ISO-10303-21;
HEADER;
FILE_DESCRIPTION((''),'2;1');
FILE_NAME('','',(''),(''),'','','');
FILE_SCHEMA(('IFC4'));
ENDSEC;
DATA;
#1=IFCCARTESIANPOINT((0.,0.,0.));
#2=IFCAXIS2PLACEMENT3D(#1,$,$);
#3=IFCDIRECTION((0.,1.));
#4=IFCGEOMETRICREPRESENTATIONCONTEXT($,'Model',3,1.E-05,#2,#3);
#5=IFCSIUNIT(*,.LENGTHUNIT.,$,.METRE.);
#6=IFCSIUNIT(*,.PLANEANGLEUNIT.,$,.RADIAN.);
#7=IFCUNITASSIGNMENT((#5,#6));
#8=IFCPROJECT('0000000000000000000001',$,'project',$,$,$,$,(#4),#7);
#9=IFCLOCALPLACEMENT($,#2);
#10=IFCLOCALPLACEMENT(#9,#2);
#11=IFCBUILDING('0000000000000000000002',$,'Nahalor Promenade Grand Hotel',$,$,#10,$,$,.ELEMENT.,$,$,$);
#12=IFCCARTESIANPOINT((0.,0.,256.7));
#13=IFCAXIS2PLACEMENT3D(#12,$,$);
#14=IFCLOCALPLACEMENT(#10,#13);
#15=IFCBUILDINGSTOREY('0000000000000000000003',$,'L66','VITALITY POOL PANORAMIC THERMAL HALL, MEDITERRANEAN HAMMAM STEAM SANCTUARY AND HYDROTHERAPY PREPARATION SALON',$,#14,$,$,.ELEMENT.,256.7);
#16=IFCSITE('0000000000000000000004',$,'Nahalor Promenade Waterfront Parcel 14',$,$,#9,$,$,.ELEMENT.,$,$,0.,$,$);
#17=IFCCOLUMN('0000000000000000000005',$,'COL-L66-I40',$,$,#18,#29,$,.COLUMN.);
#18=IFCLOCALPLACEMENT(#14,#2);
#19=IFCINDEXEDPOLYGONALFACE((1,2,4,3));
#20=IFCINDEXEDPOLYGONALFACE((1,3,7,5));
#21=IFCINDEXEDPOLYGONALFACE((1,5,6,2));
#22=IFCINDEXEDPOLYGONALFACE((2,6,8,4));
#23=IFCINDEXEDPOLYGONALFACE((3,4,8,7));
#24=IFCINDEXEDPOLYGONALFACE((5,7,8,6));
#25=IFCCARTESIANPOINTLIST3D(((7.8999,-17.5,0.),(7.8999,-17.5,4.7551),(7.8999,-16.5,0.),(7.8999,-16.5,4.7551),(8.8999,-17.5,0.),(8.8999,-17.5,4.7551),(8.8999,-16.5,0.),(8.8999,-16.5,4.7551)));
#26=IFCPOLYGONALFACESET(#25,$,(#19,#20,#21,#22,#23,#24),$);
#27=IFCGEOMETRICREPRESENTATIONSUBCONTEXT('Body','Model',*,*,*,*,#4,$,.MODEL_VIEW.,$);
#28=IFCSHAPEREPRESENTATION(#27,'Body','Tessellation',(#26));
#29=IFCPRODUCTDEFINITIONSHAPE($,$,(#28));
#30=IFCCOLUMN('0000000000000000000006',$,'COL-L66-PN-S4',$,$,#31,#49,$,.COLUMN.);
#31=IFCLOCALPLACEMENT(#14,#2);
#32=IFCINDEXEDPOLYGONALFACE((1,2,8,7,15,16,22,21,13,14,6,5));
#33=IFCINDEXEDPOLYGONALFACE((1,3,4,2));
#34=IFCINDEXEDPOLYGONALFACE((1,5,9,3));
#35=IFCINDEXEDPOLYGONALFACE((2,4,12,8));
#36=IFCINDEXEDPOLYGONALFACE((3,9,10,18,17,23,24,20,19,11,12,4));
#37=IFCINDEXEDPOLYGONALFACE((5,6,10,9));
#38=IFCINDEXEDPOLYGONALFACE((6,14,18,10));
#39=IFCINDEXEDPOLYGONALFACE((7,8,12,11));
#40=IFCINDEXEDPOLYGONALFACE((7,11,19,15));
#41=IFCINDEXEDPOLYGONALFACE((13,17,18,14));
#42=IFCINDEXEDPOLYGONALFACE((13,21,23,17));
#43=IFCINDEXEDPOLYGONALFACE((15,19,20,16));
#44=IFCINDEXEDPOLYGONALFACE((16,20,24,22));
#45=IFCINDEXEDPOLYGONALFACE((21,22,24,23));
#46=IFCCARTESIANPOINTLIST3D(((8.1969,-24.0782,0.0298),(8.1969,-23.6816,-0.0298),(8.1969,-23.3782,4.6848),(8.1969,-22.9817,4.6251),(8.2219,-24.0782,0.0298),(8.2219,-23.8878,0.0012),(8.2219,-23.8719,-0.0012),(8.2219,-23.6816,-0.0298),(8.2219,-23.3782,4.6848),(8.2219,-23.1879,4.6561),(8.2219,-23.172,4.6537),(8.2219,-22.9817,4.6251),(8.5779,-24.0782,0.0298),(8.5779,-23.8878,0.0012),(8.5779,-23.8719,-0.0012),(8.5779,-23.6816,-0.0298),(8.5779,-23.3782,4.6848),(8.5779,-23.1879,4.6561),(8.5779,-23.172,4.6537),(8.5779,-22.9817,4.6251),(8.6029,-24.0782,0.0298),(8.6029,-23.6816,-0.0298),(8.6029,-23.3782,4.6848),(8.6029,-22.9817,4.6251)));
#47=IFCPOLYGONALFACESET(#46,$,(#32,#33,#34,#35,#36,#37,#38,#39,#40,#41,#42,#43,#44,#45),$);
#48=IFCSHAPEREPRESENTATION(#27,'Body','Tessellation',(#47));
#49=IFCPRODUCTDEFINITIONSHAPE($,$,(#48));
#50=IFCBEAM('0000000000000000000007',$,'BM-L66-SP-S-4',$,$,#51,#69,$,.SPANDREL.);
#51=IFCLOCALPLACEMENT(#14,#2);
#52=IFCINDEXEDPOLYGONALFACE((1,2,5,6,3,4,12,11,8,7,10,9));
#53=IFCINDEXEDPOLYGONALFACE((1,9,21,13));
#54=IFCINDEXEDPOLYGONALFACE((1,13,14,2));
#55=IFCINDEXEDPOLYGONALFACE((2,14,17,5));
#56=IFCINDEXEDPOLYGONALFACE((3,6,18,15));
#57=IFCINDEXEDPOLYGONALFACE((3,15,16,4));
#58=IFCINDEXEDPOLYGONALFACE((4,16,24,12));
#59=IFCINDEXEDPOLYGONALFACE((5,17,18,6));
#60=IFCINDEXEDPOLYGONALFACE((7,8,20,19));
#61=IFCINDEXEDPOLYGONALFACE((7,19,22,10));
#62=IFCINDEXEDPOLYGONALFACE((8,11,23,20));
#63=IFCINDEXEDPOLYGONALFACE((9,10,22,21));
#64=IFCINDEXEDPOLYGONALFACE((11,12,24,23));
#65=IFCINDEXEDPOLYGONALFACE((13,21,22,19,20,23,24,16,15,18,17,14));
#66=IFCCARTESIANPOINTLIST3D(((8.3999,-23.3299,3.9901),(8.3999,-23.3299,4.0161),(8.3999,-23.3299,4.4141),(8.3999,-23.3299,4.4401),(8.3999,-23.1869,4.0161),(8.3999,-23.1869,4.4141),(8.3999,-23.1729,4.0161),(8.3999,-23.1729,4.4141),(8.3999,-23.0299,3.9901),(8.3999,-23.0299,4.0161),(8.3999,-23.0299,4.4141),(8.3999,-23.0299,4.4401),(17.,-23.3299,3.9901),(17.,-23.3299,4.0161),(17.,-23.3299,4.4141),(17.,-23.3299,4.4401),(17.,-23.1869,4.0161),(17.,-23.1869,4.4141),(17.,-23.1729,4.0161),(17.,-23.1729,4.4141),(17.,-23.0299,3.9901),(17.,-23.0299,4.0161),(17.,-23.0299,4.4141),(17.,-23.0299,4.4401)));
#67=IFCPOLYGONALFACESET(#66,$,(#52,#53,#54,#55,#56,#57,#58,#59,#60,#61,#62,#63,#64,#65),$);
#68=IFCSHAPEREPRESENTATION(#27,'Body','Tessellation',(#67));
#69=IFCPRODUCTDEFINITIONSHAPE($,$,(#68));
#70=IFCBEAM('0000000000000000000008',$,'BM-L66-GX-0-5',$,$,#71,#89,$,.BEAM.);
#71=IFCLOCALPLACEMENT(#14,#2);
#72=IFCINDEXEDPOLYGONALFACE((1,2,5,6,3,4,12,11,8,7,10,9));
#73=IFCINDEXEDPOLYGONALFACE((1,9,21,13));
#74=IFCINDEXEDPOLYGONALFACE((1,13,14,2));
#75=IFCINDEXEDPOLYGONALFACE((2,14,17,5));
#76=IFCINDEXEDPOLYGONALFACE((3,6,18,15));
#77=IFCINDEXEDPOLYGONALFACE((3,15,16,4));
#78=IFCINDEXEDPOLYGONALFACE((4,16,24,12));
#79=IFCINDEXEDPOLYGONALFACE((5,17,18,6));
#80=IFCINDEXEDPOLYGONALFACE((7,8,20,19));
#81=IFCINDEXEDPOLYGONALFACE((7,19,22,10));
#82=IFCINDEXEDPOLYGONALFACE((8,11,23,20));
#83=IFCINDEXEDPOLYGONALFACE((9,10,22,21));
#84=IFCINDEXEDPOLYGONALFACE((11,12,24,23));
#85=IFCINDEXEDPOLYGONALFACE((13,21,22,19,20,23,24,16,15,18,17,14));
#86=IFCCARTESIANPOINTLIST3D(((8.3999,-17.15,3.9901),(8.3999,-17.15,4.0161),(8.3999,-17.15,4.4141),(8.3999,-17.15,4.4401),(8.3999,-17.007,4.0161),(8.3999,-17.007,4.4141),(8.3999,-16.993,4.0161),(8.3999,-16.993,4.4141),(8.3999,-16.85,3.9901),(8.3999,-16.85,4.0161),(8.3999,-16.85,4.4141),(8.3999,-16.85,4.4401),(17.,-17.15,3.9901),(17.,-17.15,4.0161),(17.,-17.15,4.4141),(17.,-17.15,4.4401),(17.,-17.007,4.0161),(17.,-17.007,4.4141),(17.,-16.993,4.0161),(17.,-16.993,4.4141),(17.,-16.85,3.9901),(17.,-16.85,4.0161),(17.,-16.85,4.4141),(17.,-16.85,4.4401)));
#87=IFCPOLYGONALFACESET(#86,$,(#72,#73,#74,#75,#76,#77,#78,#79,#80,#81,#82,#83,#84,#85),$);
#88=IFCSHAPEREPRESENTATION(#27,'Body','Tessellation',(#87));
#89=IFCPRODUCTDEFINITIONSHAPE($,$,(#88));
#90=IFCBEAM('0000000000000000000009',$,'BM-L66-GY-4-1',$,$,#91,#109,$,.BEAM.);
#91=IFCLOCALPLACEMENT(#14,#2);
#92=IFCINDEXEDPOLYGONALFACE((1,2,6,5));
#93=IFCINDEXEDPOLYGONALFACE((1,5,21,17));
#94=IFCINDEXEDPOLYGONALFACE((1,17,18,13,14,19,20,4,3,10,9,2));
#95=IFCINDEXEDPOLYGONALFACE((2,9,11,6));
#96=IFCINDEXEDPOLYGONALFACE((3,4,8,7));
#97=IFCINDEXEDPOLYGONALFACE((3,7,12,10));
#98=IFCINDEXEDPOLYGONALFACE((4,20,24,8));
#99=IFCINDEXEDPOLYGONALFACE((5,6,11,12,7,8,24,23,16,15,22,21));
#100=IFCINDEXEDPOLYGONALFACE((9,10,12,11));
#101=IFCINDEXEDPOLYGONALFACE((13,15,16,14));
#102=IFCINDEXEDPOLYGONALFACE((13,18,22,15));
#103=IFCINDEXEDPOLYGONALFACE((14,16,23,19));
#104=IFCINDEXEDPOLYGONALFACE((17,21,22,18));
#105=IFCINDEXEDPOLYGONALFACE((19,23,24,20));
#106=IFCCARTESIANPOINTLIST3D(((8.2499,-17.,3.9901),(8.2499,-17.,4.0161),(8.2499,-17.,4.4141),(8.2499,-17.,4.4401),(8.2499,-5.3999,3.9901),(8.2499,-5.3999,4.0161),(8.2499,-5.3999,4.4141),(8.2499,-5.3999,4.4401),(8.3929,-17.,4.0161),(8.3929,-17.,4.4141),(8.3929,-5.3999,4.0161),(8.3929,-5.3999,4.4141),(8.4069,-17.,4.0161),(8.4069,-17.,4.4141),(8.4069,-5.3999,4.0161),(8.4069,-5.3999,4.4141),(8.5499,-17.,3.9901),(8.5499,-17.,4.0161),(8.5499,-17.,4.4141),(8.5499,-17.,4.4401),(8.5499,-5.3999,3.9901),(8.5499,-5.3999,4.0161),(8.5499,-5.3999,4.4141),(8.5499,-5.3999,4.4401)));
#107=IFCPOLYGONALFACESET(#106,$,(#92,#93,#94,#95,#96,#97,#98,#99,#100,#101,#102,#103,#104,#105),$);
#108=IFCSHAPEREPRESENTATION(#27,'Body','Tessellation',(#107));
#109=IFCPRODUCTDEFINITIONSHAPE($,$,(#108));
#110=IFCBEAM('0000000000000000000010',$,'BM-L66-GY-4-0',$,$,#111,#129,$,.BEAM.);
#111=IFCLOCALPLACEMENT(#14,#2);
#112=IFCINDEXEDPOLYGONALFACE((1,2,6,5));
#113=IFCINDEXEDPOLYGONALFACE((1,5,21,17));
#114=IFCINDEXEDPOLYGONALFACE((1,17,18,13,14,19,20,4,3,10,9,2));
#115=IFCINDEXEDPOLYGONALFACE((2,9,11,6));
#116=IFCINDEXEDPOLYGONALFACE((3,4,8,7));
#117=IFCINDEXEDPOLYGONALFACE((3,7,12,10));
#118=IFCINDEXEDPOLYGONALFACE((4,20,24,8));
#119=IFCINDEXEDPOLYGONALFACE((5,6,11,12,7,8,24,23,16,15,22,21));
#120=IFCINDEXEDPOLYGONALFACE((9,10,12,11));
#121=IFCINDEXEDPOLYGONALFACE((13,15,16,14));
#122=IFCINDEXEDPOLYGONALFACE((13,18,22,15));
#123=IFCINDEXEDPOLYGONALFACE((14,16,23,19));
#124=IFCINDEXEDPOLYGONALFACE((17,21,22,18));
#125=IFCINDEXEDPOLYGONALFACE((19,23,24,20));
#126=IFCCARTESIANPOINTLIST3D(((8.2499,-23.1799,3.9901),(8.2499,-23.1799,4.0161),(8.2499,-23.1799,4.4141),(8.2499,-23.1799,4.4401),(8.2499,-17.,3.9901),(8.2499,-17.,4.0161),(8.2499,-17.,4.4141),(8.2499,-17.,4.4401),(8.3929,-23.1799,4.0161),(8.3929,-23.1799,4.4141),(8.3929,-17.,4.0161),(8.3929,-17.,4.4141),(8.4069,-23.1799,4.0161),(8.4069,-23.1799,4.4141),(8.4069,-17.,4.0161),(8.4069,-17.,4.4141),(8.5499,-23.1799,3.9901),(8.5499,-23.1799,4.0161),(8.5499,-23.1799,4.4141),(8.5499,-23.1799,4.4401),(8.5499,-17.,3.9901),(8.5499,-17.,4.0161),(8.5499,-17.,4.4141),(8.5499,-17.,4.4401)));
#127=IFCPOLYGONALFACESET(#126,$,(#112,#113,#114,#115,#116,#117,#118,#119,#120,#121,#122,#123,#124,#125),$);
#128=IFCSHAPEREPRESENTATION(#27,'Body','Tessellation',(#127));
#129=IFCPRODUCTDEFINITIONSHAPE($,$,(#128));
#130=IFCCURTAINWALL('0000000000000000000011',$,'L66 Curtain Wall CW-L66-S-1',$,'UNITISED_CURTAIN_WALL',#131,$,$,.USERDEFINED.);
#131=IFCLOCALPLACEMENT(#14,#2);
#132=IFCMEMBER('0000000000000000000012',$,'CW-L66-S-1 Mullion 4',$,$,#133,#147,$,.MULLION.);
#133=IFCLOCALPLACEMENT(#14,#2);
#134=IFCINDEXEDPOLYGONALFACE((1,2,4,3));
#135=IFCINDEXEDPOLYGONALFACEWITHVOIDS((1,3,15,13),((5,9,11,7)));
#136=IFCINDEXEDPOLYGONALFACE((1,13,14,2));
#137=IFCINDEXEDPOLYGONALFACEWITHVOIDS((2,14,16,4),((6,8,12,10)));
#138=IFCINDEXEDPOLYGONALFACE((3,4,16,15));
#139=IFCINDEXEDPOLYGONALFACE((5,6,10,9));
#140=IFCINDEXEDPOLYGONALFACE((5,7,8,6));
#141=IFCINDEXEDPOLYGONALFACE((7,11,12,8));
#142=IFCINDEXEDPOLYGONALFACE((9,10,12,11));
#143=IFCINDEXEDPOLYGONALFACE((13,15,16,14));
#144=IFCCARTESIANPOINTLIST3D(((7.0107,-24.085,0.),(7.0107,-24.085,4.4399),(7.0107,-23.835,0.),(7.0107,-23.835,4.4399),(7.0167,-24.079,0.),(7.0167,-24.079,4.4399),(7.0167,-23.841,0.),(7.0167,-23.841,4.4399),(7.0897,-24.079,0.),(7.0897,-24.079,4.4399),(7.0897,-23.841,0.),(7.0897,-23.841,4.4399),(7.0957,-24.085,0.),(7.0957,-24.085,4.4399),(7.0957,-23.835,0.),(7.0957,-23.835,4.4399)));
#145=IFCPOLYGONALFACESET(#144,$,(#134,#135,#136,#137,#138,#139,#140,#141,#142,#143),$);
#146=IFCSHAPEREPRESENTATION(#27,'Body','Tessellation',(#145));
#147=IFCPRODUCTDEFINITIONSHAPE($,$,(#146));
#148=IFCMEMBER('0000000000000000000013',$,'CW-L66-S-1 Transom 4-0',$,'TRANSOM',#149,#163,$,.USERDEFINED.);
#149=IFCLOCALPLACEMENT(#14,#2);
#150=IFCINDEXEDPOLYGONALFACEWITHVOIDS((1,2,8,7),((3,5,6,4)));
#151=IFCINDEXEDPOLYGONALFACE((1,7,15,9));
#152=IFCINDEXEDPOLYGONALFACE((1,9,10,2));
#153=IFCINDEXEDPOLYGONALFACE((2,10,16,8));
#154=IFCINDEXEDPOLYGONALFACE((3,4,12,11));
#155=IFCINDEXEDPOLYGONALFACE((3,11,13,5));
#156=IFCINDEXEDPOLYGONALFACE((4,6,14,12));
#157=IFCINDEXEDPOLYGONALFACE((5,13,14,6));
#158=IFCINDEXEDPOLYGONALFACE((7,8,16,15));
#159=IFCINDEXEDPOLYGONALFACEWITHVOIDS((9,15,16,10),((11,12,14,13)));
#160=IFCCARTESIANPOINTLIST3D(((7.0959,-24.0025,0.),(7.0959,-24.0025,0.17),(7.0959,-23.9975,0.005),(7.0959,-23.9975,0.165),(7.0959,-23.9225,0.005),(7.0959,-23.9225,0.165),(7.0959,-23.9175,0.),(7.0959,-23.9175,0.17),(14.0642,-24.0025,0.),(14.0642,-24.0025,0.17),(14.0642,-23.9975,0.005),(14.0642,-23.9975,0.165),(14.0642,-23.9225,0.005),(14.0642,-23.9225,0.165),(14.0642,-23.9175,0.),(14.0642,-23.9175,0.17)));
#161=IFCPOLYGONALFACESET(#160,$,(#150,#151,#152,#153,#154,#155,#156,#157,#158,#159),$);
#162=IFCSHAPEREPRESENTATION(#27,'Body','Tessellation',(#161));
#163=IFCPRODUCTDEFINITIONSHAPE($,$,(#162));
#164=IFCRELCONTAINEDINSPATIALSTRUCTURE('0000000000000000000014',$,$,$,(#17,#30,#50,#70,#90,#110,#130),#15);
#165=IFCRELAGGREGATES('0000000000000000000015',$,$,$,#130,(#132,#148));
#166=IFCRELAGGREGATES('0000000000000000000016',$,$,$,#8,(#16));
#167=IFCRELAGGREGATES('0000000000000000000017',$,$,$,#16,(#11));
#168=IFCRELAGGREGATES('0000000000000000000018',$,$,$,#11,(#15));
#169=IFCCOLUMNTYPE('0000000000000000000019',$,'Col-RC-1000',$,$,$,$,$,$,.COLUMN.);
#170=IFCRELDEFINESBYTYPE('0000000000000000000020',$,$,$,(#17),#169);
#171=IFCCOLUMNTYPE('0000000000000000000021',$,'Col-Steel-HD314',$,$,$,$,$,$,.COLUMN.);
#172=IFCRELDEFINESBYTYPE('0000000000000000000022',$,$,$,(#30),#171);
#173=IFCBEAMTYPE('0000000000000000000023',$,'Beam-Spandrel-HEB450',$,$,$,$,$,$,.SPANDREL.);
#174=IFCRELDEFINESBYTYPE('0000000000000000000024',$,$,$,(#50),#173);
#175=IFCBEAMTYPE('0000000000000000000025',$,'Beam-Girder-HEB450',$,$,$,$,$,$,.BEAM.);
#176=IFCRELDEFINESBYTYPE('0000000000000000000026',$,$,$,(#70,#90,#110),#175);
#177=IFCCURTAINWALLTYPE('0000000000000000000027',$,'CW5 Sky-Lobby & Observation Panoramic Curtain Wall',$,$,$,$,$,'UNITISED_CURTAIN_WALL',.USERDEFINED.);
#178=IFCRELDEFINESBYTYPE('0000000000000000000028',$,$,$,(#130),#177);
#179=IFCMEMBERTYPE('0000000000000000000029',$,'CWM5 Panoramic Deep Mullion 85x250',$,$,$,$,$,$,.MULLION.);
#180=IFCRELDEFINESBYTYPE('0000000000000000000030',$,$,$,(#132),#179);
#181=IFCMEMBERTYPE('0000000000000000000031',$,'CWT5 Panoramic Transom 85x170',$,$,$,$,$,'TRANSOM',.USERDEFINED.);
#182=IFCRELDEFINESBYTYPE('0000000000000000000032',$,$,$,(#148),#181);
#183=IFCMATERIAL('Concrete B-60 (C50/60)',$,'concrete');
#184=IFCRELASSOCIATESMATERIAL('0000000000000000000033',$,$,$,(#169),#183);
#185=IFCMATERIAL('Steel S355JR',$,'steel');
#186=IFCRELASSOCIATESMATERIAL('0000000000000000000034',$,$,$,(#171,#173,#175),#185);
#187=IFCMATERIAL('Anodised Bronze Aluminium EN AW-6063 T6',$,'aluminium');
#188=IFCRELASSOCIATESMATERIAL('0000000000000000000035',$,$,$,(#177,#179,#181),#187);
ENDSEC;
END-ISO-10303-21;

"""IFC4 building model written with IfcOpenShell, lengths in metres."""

from ifc_helpers import new_model, si_unit, direction, frame, origin, origin_2d, place, context, subcontext, project, spatial, rectangle, hollow_rectangle, i_section, extrude, source, transform, mapped, material, material_profile, profile_set, type_object, element, aggregate, save


model = new_model("IFC4")

# Units and contexts
model_context = context("Model", 3, precision=1e-05, world=origin(), true_north=direction((0.0, 1.0)))
body_context = subcontext(model_context, "Body", "Model", "MODEL_VIEW")
ifc_project = project(units=[si_unit("LENGTHUNIT", "METRE"), si_unit("PLANEANGLEUNIT", "RADIAN")], contexts=[model_context])

# Site, building, storey
site_placement = place(None, origin())
site = spatial("IfcSite", under=ifc_project, at=site_placement, Name="Nahalor Promenade Waterfront Parcel 14", CompositionType="ELEMENT", RefElevation=0.0)
building_placement = place(site_placement, origin())
building = spatial("IfcBuilding", under=site, at=building_placement, Name="Nahalor Promenade Grand Hotel", CompositionType="ELEMENT")
storey_placement = place(building_placement, frame((0.0, 0.0, 256.7)))
storey = spatial("IfcBuildingStorey", under=building, at=storey_placement, Name="L66", Description="VITALITY POOL PANORAMIC THERMAL HALL, MEDITERRANEAN HAMMAM STEAM SANCTUARY AND HYDROTHERAPY PREPARATION SALON", CompositionType="ELEMENT", Elevation=256.7)

# Columns
ifc_material_1 = material(Name="Concrete B-60 (C50/60)", Category="concrete")
ifc_material_profile_1 = material_profile(ifc_material_1, rectangle(XDim=1.0, YDim=1.0, at=origin_2d()), Name="RC 1000x1000")
ifc_profile_set_1 = profile_set([ifc_material_profile_1], Name="Concrete B-60 (C50/60)")
column_type_1 = type_object("IfcColumnType", Name="Col-RC-1000", PredefinedType="COLUMN", material=ifc_profile_set_1)
shared_shape_1 = source(origin(), body_context, "Body", "SweptSolid", [
    extrude(rectangle(XDim=1.0, YDim=1.0, at=origin_2d()), origin(), (0.0, 0.0, 1.0), 4.7551),
])
column_1_placement = place(storey_placement, frame((8.3999, -17.0, 0.0), z_axis=(0.0, 0.0, 1.0), x_axis=(1.0, 0.0, 0.0)))
element("IfcColumn", 1, at=column_1_placement, inside=storey, type_object=column_type_1, Name="COL-L66-I40", PredefinedType="COLUMN", context=body_context, shape_type="MappedRepresentation", body=[
    mapped(shared_shape_1, transform((0.0, 0.0, 0.0), scale=1.0)),
])
ifc_material_2 = material(Name="Steel S355JR", Category="steel")
ifc_material_profile_2 = material_profile(ifc_material_2, i_section(OverallWidth=0.401, OverallDepth=0.406, WebThickness=0.0161, FlangeThickness=0.025, at=origin_2d()), Name="HD 400x314")
ifc_profile_set_2 = profile_set([ifc_material_profile_2], Name="Steel S355JR")
column_type_2 = type_object("IfcColumnType", Name="Col-Steel-HD314", PredefinedType="COLUMN", material=ifc_profile_set_2)
shared_shape_2 = source(origin(), body_context, "Body", "SweptSolid", [
    extrude(i_section(OverallWidth=0.401, OverallDepth=0.406, WebThickness=0.0161, FlangeThickness=0.025, at=origin_2d()), origin(), (0.0, 0.0, 1.0), 4.7073),
])
column_2_placement = place(storey_placement, frame((8.3999, -23.8799, 0.0), z_axis=(0.0, 0.148693, 0.988883), x_axis=(0.0, -0.988883, 0.148693)))
element("IfcColumn", 2, at=column_2_placement, inside=storey, type_object=column_type_2, Name="COL-L66-PN-S4", PredefinedType="COLUMN", context=body_context, shape_type="MappedRepresentation", body=[
    mapped(shared_shape_2, transform((0.0, 0.0, 0.0), scale=1.0)),
])

# Beams
ifc_material_profile_3 = material_profile(ifc_material_2, i_section(OverallWidth=0.3, OverallDepth=0.45, WebThickness=0.014, FlangeThickness=0.026, at=origin_2d()), Name="HEB 450")
ifc_profile_set_3 = profile_set([ifc_material_profile_3], Name="Steel S355JR")
beam_type_1 = type_object("IfcBeamType", Name="Beam-Spandrel-HEB450", PredefinedType="SPANDREL", material=ifc_profile_set_3)
shared_shape_3 = source(origin(), body_context, "Body", "SweptSolid", [
    extrude(i_section(OverallWidth=0.3, OverallDepth=0.45, WebThickness=0.014, FlangeThickness=0.026, at=origin_2d()), origin(), (0.0, 0.0, 1.0), 8.6001),
])
beam_1_placement = place(storey_placement, frame((8.3999, -23.1799, 4.2151), z_axis=(1.0, 0.0, 0.0), x_axis=(0.0, 1.0, 0.0)))
element("IfcBeam", 3, at=beam_1_placement, inside=storey, type_object=beam_type_1, Name="BM-L66-SP-S-4", PredefinedType="SPANDREL", context=body_context, shape_type="MappedRepresentation", body=[
    mapped(shared_shape_3, transform((0.0, 0.0, 0.0), scale=1.0)),
])
ifc_material_profile_4 = material_profile(ifc_material_2, i_section(OverallWidth=0.3, OverallDepth=0.45, WebThickness=0.014, FlangeThickness=0.026, at=origin_2d()), Name="HEB 450")
ifc_profile_set_4 = profile_set([ifc_material_profile_4], Name="Steel S355JR")
beam_type_2 = type_object("IfcBeamType", Name="Beam-Girder-HEB450", PredefinedType="BEAM", material=ifc_profile_set_4)
shared_shape_4 = source(origin(), body_context, "Body", "SweptSolid", [
    extrude(i_section(OverallWidth=0.3, OverallDepth=0.45, WebThickness=0.014, FlangeThickness=0.026, at=origin_2d()), origin(), (0.0, 0.0, 1.0), 8.6001),
])
beam_2_placement = place(storey_placement, frame((8.3999, -17.0, 4.2151), z_axis=(1.0, 0.0, 0.0), x_axis=(0.0, 1.0, 0.0)))
element("IfcBeam", 4, at=beam_2_placement, inside=storey, type_object=beam_type_2, Name="BM-L66-GX-0-5", PredefinedType="BEAM", context=body_context, shape_type="MappedRepresentation", body=[
    mapped(shared_shape_4, transform((0.0, 0.0, 0.0), scale=1.0)),
])
shared_shape_5 = source(origin(), body_context, "Body", "SweptSolid", [
    extrude(i_section(OverallWidth=0.3, OverallDepth=0.45, WebThickness=0.014, FlangeThickness=0.026, at=origin_2d()), origin(), (0.0, 0.0, 1.0), 11.6001),
])
beam_3_placement = place(storey_placement, frame((8.3999, -17.0, 4.2151), z_axis=(0.0, 1.0, 0.0), x_axis=(-1.0, 0.0, 0.0)))
element("IfcBeam", 5, at=beam_3_placement, inside=storey, type_object=beam_type_2, Name="BM-L66-GY-4-1", PredefinedType="BEAM", context=body_context, shape_type="MappedRepresentation", body=[
    mapped(shared_shape_5, transform((0.0, 0.0, 0.0), scale=1.0)),
])
shared_shape_6 = source(origin(), body_context, "Body", "SweptSolid", [
    extrude(i_section(OverallWidth=0.3, OverallDepth=0.45, WebThickness=0.014, FlangeThickness=0.026, at=origin_2d()), origin(), (0.0, 0.0, 1.0), 6.1799),
])
beam_4_placement = place(storey_placement, frame((8.3999, -23.1799, 4.2151), z_axis=(0.0, 1.0, 0.0), x_axis=(-1.0, 0.0, 0.0)))
element("IfcBeam", 6, at=beam_4_placement, inside=storey, type_object=beam_type_2, Name="BM-L66-GY-4-0", PredefinedType="BEAM", context=body_context, shape_type="MappedRepresentation", body=[
    mapped(shared_shape_6, transform((0.0, 0.0, 0.0), scale=1.0)),
])

# Curtain wall, members
ifc_material_3 = material(Name="Anodised Bronze Aluminium EN AW-6063 T6", Category="aluminium")
curtain_wall_type = type_object("IfcCurtainWallType", Name="CW5 Sky-Lobby & Observation Panoramic Curtain Wall", ElementType="UNITISED_CURTAIN_WALL", PredefinedType="USERDEFINED", material=ifc_material_3)
curtain_wall_placement = place(storey_placement, origin())
curtain_wall = element("IfcCurtainWall", 7, at=curtain_wall_placement, inside=storey, type_object=curtain_wall_type, Name="L66 Curtain Wall CW-L66-S-1", ObjectType="UNITISED_CURTAIN_WALL", PredefinedType="USERDEFINED")
ifc_material_profile_5 = material_profile(ifc_material_3, hollow_rectangle(XDim=0.085, YDim=0.25, WallThickness=0.006, at=origin_2d()), Name="CWM 85x250x6")
ifc_profile_set_5 = profile_set([ifc_material_profile_5], Name="Anodised Bronze Aluminium EN AW-6063 T6")
member_type_1 = type_object("IfcMemberType", Name="CWM5 Panoramic Deep Mullion 85x250", PredefinedType="MULLION", material=ifc_profile_set_5)
shared_shape_7 = source(origin(), body_context, "Body", "SweptSolid", [
    extrude(hollow_rectangle(XDim=0.085, YDim=0.25, WallThickness=0.006, at=origin_2d()), origin(), (0.0, 0.0, 1.0), 4.4399),
])
member_1_placement = place(storey_placement, frame((7.0532, -23.96, 0.0), z_axis=(0.0, 0.0, 1.0), x_axis=(1.0, 0.0, 0.0)))
member_1 = element("IfcMember", 8, at=member_1_placement, type_object=member_type_1, Name="CW-L66-S-1 Mullion 4", PredefinedType="MULLION", context=body_context, shape_type="MappedRepresentation", body=[
    mapped(shared_shape_7, transform((0.0, 0.0, 0.0), scale=1.0)),
])
ifc_material_profile_6 = material_profile(ifc_material_3, hollow_rectangle(XDim=0.085, YDim=0.17, WallThickness=0.005, at=origin_2d()), Name="CWT 85x170x5")
ifc_profile_set_6 = profile_set([ifc_material_profile_6], Name="Anodised Bronze Aluminium EN AW-6063 T6")
member_type_2 = type_object("IfcMemberType", Name="CWT5 Panoramic Transom 85x170", ElementType="TRANSOM", PredefinedType="USERDEFINED", material=ifc_profile_set_6)
shared_shape_8 = source(origin(), body_context, "Body", "SweptSolid", [
    extrude(hollow_rectangle(XDim=0.085, YDim=0.17, WallThickness=0.005, at=origin_2d()), origin(), (0.0, 0.0, 1.0), 6.9683),
])
member_2_placement = place(storey_placement, frame((7.0959, -23.96, 0.085), z_axis=(1.0, 0.0, 0.0), x_axis=(0.0, 1.0, 0.0)))
member_2 = element("IfcMember", 9, at=member_2_placement, type_object=member_type_2, Name="CW-L66-S-1 Transom 4-0", ObjectType="TRANSOM", PredefinedType="USERDEFINED", context=body_context, shape_type="MappedRepresentation", body=[
    mapped(shared_shape_8, transform((0.0, 0.0, 0.0), scale=1.0)),
])
aggregate(curtain_wall, [member_1, member_2])

save(model, "model.ifc")
